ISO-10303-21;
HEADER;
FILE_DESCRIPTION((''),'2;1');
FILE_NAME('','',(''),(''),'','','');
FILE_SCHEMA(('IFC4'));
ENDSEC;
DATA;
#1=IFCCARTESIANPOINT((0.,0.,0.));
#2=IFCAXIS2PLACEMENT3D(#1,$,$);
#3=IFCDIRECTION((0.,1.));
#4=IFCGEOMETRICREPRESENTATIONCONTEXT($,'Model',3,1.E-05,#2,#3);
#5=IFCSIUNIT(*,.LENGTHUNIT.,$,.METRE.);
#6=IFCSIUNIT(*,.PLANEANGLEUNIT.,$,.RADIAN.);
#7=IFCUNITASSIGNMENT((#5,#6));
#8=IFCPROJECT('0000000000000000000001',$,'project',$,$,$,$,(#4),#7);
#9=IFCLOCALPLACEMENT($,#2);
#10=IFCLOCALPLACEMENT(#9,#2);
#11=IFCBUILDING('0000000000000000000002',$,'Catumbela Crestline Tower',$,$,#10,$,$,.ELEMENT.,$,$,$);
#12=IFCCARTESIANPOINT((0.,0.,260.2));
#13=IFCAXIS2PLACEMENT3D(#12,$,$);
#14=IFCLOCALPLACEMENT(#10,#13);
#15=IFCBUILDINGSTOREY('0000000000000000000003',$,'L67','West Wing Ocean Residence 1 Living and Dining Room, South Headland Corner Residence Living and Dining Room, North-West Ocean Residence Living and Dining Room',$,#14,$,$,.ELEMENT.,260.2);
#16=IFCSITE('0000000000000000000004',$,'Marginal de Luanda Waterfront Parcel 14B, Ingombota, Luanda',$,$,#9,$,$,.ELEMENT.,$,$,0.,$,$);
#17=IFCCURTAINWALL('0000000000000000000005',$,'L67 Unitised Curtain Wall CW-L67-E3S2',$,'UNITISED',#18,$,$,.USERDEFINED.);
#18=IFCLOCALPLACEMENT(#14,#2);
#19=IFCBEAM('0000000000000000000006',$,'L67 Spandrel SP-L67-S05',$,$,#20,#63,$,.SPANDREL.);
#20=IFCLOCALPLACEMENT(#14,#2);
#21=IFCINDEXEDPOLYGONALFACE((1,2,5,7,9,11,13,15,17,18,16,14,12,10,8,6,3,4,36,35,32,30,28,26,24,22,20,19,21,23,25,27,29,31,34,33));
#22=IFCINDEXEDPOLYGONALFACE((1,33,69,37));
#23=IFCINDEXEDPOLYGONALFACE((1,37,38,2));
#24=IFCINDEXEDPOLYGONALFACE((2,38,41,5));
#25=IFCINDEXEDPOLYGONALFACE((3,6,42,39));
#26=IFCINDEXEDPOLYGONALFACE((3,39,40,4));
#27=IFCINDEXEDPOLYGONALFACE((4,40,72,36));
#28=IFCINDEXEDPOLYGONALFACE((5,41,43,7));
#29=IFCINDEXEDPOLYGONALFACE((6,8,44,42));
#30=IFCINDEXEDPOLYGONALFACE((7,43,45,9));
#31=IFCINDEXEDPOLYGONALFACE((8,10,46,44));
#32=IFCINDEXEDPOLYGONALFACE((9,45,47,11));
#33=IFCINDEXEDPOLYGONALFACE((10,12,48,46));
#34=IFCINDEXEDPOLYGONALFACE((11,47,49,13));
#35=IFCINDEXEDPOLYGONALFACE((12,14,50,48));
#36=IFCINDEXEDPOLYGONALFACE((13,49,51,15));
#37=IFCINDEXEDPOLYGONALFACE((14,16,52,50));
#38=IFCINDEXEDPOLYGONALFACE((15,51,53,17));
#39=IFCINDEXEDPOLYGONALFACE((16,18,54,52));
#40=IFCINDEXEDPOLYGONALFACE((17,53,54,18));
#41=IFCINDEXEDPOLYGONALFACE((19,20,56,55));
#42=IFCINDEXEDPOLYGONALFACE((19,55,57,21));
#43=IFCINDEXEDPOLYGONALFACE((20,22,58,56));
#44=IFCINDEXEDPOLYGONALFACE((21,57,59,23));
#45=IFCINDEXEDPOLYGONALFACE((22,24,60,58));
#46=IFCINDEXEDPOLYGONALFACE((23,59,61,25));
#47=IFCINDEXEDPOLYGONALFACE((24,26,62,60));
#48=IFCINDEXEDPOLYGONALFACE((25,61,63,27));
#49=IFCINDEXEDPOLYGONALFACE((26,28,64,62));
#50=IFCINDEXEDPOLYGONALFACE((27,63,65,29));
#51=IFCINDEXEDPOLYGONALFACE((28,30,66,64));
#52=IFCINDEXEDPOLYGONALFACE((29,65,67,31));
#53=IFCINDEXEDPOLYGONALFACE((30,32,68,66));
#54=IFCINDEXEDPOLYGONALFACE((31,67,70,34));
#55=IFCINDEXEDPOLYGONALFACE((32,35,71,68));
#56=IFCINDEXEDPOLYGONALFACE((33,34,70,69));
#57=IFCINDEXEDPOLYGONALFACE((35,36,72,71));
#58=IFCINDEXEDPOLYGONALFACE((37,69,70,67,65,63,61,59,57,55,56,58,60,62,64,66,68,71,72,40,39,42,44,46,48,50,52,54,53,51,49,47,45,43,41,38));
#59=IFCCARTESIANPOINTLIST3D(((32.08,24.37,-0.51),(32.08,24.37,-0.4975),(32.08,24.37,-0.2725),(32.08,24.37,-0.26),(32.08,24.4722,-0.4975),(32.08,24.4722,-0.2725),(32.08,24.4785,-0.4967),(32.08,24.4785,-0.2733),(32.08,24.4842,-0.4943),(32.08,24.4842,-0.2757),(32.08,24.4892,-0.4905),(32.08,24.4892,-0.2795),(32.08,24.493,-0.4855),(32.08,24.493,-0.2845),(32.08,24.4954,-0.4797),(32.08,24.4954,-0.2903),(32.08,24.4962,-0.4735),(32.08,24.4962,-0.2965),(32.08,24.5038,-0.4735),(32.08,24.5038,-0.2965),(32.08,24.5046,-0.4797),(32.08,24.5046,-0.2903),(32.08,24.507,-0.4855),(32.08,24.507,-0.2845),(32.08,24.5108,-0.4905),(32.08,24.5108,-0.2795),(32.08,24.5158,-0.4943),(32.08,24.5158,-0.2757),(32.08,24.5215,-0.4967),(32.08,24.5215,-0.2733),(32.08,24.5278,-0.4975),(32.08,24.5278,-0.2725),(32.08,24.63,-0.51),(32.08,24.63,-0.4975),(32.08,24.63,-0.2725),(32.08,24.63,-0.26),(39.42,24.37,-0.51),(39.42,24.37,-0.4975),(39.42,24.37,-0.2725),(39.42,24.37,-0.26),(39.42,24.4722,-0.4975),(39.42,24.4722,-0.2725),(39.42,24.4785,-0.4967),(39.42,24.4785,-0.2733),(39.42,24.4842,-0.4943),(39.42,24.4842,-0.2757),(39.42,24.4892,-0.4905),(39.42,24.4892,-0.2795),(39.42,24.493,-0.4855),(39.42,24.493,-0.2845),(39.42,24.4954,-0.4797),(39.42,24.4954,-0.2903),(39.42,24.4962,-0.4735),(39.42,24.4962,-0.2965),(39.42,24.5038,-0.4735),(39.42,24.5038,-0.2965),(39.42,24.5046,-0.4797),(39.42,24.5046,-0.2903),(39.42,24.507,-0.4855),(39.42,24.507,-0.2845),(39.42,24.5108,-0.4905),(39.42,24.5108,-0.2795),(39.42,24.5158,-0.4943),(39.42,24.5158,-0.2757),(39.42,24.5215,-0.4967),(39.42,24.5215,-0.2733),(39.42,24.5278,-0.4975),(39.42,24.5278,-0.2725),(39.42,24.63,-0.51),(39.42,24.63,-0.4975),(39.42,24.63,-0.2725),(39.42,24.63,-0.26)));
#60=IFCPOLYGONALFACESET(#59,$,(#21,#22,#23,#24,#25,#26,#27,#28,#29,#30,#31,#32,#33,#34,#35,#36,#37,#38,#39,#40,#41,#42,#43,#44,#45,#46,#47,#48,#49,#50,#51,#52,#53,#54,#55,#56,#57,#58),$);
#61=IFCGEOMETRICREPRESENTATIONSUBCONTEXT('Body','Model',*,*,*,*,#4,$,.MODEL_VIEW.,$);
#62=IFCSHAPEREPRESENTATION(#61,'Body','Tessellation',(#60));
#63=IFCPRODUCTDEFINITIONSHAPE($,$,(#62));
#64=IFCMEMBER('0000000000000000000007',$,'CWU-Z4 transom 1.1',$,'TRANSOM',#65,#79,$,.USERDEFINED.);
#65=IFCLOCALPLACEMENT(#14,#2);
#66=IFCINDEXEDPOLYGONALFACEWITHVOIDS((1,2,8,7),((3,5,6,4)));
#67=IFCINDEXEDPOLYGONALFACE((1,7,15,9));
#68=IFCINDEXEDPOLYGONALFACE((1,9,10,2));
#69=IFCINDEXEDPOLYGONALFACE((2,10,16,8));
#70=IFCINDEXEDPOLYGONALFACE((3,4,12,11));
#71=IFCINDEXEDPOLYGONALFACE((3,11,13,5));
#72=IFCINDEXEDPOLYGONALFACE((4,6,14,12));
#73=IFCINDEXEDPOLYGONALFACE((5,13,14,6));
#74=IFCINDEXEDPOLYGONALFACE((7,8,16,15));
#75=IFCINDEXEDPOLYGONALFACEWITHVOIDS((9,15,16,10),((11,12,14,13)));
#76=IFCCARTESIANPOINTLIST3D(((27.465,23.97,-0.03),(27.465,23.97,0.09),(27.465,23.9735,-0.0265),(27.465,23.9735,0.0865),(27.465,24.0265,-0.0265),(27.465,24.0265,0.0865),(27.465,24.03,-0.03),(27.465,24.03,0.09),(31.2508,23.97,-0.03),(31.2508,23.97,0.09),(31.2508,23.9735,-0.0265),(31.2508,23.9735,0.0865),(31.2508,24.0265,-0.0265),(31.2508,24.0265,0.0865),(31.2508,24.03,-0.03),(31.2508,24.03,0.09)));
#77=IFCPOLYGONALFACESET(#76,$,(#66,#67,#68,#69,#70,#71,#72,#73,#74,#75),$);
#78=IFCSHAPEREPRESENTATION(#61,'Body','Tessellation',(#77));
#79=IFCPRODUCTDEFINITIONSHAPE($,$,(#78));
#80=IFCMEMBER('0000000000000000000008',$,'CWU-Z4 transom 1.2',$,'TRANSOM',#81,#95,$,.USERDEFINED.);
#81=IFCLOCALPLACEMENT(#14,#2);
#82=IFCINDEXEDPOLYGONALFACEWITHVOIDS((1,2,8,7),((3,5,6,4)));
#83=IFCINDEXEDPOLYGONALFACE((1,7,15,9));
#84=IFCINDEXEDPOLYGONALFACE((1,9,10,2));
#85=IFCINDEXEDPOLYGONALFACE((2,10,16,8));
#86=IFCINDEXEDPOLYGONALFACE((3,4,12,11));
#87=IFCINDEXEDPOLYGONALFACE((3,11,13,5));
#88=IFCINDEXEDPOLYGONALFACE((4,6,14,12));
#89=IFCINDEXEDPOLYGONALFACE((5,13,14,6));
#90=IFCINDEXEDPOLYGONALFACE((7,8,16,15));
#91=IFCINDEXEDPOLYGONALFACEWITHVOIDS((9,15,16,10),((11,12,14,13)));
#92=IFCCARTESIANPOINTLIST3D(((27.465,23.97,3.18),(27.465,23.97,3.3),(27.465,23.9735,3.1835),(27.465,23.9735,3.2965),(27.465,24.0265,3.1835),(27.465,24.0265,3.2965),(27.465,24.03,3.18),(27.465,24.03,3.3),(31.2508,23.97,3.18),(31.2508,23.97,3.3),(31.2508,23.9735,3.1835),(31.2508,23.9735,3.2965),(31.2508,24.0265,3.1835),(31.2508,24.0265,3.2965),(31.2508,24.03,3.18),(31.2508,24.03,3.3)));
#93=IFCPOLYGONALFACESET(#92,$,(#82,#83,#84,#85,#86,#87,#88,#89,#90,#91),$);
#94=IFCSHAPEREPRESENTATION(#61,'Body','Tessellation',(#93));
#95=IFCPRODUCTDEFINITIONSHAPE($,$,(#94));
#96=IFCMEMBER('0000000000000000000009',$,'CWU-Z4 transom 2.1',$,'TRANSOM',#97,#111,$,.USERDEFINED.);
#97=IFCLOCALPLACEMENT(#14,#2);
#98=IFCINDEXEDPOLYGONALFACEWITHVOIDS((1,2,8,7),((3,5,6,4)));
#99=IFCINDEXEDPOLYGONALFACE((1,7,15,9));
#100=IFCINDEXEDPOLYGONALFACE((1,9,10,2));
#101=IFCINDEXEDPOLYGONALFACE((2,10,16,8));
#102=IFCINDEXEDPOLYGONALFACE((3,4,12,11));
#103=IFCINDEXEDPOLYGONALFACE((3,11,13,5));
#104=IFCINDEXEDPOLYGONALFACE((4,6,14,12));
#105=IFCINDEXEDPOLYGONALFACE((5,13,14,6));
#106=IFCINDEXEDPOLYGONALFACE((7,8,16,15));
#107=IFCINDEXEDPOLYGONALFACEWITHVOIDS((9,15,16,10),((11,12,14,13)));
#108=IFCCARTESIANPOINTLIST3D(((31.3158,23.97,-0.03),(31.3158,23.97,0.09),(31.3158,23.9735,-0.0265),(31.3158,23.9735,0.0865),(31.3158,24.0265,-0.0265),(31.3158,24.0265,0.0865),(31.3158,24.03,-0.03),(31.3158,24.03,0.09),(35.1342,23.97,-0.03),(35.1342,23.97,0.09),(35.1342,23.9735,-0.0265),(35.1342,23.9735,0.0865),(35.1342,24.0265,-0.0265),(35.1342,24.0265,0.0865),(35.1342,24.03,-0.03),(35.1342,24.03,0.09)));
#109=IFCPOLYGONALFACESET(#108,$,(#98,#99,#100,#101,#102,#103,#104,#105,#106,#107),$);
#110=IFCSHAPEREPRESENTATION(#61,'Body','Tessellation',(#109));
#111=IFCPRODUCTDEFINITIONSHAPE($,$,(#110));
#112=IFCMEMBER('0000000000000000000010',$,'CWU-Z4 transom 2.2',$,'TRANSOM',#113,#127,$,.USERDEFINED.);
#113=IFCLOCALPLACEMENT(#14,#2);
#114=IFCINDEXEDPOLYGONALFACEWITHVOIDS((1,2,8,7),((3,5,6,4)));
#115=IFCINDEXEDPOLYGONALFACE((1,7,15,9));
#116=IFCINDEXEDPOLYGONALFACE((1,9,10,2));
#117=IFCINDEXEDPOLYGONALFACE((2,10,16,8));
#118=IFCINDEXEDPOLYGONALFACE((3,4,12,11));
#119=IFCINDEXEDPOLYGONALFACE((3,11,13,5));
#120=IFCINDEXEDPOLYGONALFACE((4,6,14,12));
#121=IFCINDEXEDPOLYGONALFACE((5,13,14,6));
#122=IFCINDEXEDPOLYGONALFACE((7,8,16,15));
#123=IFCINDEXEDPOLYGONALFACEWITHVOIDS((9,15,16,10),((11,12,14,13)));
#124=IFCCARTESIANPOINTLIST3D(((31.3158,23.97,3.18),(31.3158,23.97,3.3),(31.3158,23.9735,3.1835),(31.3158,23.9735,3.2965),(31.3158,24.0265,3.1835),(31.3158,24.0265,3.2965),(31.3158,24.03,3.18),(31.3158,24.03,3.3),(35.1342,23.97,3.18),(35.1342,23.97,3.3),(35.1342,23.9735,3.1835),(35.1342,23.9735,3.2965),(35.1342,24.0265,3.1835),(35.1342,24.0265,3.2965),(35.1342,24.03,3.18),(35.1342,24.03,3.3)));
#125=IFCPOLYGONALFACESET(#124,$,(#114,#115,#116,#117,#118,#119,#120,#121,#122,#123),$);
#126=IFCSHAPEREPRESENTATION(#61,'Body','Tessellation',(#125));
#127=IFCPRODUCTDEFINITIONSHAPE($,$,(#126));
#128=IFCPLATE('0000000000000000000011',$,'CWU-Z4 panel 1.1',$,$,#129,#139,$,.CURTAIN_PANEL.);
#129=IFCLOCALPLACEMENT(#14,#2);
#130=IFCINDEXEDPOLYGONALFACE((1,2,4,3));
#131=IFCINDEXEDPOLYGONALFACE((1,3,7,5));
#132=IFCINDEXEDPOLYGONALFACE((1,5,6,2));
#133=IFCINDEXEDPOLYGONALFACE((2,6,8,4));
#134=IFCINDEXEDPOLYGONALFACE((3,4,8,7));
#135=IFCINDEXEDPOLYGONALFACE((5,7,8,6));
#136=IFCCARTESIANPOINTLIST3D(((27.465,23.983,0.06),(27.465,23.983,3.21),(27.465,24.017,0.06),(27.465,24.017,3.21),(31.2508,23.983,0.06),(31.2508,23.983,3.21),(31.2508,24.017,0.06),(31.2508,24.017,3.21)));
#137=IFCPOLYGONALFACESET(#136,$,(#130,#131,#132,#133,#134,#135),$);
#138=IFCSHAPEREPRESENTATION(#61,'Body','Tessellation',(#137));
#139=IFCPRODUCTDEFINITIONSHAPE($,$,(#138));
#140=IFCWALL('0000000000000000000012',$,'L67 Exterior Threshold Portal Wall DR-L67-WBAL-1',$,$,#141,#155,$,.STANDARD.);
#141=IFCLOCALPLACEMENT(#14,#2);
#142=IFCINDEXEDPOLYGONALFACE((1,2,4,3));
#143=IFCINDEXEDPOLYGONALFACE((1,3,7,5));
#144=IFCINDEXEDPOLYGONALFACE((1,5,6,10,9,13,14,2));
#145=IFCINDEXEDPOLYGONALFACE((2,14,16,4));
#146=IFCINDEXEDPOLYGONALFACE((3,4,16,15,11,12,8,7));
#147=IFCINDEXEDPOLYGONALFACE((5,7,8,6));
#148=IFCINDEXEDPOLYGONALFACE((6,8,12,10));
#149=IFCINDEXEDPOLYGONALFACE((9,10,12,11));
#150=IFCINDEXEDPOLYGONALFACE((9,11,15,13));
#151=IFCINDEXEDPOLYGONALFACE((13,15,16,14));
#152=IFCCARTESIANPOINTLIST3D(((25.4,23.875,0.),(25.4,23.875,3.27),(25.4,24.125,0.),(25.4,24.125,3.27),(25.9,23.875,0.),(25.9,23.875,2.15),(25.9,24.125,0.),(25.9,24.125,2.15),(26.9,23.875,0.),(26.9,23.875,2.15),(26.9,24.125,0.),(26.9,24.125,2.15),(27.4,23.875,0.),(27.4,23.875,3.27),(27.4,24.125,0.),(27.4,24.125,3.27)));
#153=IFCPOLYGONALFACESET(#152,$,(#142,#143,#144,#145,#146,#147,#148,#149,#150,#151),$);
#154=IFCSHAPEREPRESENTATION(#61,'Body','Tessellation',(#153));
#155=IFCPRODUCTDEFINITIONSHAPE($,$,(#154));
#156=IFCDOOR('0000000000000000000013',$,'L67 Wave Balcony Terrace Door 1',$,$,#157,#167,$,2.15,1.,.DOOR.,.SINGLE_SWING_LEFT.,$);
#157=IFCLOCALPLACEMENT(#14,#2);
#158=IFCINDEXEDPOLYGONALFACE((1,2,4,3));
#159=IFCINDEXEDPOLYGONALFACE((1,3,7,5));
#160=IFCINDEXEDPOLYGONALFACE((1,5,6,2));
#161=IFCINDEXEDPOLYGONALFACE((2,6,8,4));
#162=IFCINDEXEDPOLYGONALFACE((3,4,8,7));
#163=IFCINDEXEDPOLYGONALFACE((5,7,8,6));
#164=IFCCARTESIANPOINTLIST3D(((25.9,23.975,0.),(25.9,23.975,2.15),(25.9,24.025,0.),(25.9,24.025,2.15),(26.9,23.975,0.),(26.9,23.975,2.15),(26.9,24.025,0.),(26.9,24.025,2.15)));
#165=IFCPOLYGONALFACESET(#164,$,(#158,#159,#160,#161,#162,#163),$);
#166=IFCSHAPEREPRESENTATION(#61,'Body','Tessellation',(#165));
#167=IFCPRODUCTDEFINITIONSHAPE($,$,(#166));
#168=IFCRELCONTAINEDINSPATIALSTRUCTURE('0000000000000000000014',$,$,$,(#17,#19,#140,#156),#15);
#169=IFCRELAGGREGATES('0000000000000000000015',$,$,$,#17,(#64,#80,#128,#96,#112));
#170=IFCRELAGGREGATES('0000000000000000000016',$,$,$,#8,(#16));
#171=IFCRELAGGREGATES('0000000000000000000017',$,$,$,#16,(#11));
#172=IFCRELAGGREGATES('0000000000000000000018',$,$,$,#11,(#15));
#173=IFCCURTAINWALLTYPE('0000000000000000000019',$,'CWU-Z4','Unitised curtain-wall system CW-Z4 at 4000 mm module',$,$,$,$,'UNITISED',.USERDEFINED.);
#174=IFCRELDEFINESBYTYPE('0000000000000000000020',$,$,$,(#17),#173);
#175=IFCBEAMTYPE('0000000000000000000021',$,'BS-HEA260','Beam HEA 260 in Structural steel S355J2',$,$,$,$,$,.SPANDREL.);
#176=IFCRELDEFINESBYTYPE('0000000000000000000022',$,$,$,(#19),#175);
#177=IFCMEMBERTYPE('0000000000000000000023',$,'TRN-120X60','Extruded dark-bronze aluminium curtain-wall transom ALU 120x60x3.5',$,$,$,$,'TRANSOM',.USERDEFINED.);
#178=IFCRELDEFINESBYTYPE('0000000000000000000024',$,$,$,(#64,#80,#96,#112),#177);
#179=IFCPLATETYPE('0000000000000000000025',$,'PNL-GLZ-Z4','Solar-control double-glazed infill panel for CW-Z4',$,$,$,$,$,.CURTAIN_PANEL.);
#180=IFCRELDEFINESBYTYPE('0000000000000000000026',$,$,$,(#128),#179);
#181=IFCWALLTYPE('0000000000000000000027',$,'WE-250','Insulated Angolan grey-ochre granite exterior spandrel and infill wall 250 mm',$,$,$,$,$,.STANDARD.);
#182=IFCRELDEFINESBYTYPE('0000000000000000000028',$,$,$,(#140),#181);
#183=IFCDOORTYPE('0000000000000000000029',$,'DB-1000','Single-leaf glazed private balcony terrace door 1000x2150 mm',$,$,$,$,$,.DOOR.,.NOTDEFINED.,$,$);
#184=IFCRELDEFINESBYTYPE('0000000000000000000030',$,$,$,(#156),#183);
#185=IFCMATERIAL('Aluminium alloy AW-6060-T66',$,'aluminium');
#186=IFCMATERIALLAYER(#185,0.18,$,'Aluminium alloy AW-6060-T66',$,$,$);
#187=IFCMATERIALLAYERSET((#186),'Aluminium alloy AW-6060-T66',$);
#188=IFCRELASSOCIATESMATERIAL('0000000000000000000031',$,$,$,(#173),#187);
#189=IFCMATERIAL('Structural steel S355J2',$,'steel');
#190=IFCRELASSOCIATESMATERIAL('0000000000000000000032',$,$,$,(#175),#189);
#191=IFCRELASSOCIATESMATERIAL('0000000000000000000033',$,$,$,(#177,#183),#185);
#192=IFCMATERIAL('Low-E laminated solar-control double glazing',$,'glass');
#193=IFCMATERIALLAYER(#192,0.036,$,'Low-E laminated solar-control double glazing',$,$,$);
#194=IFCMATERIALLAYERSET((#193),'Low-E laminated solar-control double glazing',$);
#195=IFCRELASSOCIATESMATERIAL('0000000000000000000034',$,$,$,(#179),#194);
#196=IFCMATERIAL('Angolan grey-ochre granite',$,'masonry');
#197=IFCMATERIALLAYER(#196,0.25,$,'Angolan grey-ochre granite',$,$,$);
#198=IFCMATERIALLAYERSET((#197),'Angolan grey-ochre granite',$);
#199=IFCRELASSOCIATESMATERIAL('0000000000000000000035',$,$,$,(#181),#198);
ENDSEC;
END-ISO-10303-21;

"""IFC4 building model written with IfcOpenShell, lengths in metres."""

from ifc_helpers import new_model, si_unit, direction, frame, frame_2d, origin, origin_2d, place, context, subcontext, project, spatial, rectangle, hollow_rectangle, i_section, extrude, material, layer, layer_set, material_profile, profile_set, type_object, element, fill, aggregate, save


model = new_model("IFC4")

# Units and contexts
model_context = context("Model", 3, precision=1e-05, world=origin(), true_north=direction((0.0, 1.0)))
body_context = subcontext(model_context, "Body", "Model", "MODEL_VIEW")
ifc_project = project(units=[si_unit("LENGTHUNIT", "METRE"), si_unit("PLANEANGLEUNIT", "RADIAN")], contexts=[model_context])

# Site, building, storey
site_placement = place(None, origin())
site = spatial("IfcSite", under=ifc_project, at=site_placement, Name="Marginal de Luanda Waterfront Parcel 14B, Ingombota, Luanda", CompositionType="ELEMENT", RefElevation=0.0)
building_placement = place(site_placement, origin())
building = spatial("IfcBuilding", under=site, at=building_placement, Name="Catumbela Crestline Tower", CompositionType="ELEMENT")
storey_placement = place(building_placement, frame((0.0, 0.0, 260.2)))
storey = spatial("IfcBuildingStorey", under=building, at=storey_placement, Name="L67", Description="West Wing Ocean Residence 1 Living and Dining Room, South Headland Corner Residence Living and Dining Room, North-West Ocean Residence Living and Dining Room", CompositionType="ELEMENT", Elevation=260.2)

# Shared definitions
ifc_material_1 = material(Name="Structural steel S355J2", Category="steel")

# Curtain wall
ifc_material_2 = material(Name="Aluminium alloy AW-6060-T66", Category="aluminium")
ifc_layer_1 = layer(ifc_material_2, 0.18, Name="Aluminium alloy AW-6060-T66")
ifc_layer_set_1 = layer_set([ifc_layer_1], Name="Aluminium alloy AW-6060-T66")
curtain_wall_type = type_object("IfcCurtainWallType", Name="CWU-Z4", Description="Unitised curtain-wall system CW-Z4 at 4000 mm module", ElementType="UNITISED", PredefinedType="USERDEFINED", material=ifc_layer_set_1)
curtain_wall_placement = place(storey_placement, origin())
curtain_wall = element("IfcCurtainWall", 1, at=curtain_wall_placement, inside=storey, type_object=curtain_wall_type, Name="L67 Unitised Curtain Wall CW-L67-E3S2", ObjectType="UNITISED", PredefinedType="USERDEFINED")

# Beam
ifc_material_profile_1 = material_profile(ifc_material_1, i_section(OverallWidth=0.26, OverallDepth=0.25, WebThickness=0.0075, FlangeThickness=0.0125, FilletRadius=0.024, at=origin_2d()), Name="HEA 260")
ifc_profile_set_1 = profile_set([ifc_material_profile_1], Name="Structural steel S355J2")
beam_type_1 = type_object("IfcBeamType", Name="BS-HEA260", Description="Beam HEA 260 in Structural steel S355J2", PredefinedType="SPANDREL", material=ifc_profile_set_1)
beam_1_placement = place(storey_placement, frame((32.08, 24.5, -0.385), z_axis=(1.0, 0.0, 0.0), x_axis=(0.0, 1.0, 0.0)))
element("IfcBeam", 2, at=beam_1_placement, inside=storey, type_object=beam_type_1, Name="L67 Spandrel SP-L67-S05", PredefinedType="SPANDREL", context=body_context, shape_type="SweptSolid", body=[
    extrude(i_section(OverallWidth=0.26, OverallDepth=0.25, WebThickness=0.0075, FlangeThickness=0.0125, FilletRadius=0.024, at=origin_2d()), origin(), (0.0, 0.0, 1.0), 7.34),
])

# Members
ifc_material_profile_2 = material_profile(ifc_material_2, hollow_rectangle(XDim=0.06, YDim=0.12, WallThickness=0.0035, at=origin_2d()), Name="ALU 120x60x3.5")
ifc_profile_set_2 = profile_set([ifc_material_profile_2], Name="Aluminium alloy AW-6060-T66")
member_type_1 = type_object("IfcMemberType", Name="TRN-120X60", Description="Extruded dark-bronze aluminium curtain-wall transom ALU 120x60x3.5", ElementType="TRANSOM", PredefinedType="USERDEFINED", material=ifc_profile_set_2)
member_1_placement = place(storey_placement, frame((27.465, 24.0, 0.03), z_axis=(1.0, 0.0, 0.0), x_axis=(0.0, 1.0, 0.0)))
member_1 = element("IfcMember", 3, at=member_1_placement, type_object=member_type_1, Name="CWU-Z4 transom 1.1", ObjectType="TRANSOM", PredefinedType="USERDEFINED", context=body_context, shape_type="SweptSolid", body=[
    extrude(hollow_rectangle(XDim=0.06, YDim=0.12, WallThickness=0.0035, at=origin_2d()), origin(), (0.0, 0.0, 1.0), 3.7858),
])
member_2_placement = place(storey_placement, frame((27.465, 24.0, 3.24), z_axis=(1.0, 0.0, 0.0), x_axis=(0.0, 1.0, 0.0)))
member_2 = element("IfcMember", 4, at=member_2_placement, type_object=member_type_1, Name="CWU-Z4 transom 1.2", ObjectType="TRANSOM", PredefinedType="USERDEFINED", context=body_context, shape_type="SweptSolid", body=[
    extrude(hollow_rectangle(XDim=0.06, YDim=0.12, WallThickness=0.0035, at=origin_2d()), origin(), (0.0, 0.0, 1.0), 3.7858),
])
member_3_placement = place(storey_placement, frame((31.3158, 24.0, 0.03), z_axis=(1.0, 0.0, 0.0), x_axis=(0.0, 1.0, 0.0)))
member_3 = element("IfcMember", 5, at=member_3_placement, type_object=member_type_1, Name="CWU-Z4 transom 2.1", ObjectType="TRANSOM", PredefinedType="USERDEFINED", context=body_context, shape_type="SweptSolid", body=[
    extrude(hollow_rectangle(XDim=0.06, YDim=0.12, WallThickness=0.0035, at=origin_2d()), origin(), (0.0, 0.0, 1.0), 3.8184),
])
member_4_placement = place(storey_placement, frame((31.3158, 24.0, 3.24), z_axis=(1.0, 0.0, 0.0), x_axis=(0.0, 1.0, 0.0)))
member_4 = element("IfcMember", 6, at=member_4_placement, type_object=member_type_1, Name="CWU-Z4 transom 2.2", ObjectType="TRANSOM", PredefinedType="USERDEFINED", context=body_context, shape_type="SweptSolid", body=[
    extrude(hollow_rectangle(XDim=0.06, YDim=0.12, WallThickness=0.0035, at=origin_2d()), origin(), (0.0, 0.0, 1.0), 3.8184),
])

# Plate
ifc_material_3 = material(Name="Low-E laminated solar-control double glazing", Category="glass")
ifc_layer_2 = layer(ifc_material_3, 0.036, Name="Low-E laminated solar-control double glazing")
ifc_layer_set_2 = layer_set([ifc_layer_2], Name="Low-E laminated solar-control double glazing")
plate_type = type_object("IfcPlateType", Name="PNL-GLZ-Z4", Description="Solar-control double-glazed infill panel for CW-Z4", PredefinedType="CURTAIN_PANEL", material=ifc_layer_set_2)
plate_placement = place(storey_placement, frame((29.3579, 24.0, 0.06), z_axis=(0.0, 0.0, 1.0), x_axis=(1.0, 0.0, 0.0)))
plate = element("IfcPlate", 7, at=plate_placement, type_object=plate_type, Name="CWU-Z4 panel 1.1", PredefinedType="CURTAIN_PANEL", context=body_context, shape_type="SweptSolid", body=[
    extrude(rectangle(XDim=3.7858, YDim=0.034, at=origin_2d()), origin(), (0.0, 0.0, 1.0), 3.15),
])
aggregate(curtain_wall, [member_1, member_2, plate, member_3, member_4])

# Wall, opening, door
ifc_material_4 = material(Name="Angolan grey-ochre granite", Category="masonry")
ifc_layer_3 = layer(ifc_material_4, 0.25, Name="Angolan grey-ochre granite")
ifc_layer_set_3 = layer_set([ifc_layer_3], Name="Angolan grey-ochre granite")
wall_type_1 = type_object("IfcWallType", Name="WE-250", Description="Insulated Angolan grey-ochre granite exterior spandrel and infill wall 250 mm", PredefinedType="STANDARD", material=ifc_layer_set_3)
wall_1_placement = place(storey_placement, frame((25.4, 24.0, 0.0), z_axis=(0.0, 0.0, 1.0), x_axis=(1.0, 0.0, 0.0)))
wall_1 = element("IfcWall", 8, at=wall_1_placement, inside=storey, type_object=wall_type_1, Name="L67 Exterior Threshold Portal Wall DR-L67-WBAL-1", PredefinedType="STANDARD", context=body_context, shape_type="SweptSolid", body=[
    extrude(rectangle(XDim=2.0, YDim=0.25, at=frame_2d((1.0, 0.0))), origin(), (0.0, 0.0, 1.0), 3.27),
])
opening_1_placement = place(wall_1_placement, frame((0.5, 0.0, 0.0)))
opening_1 = element("IfcOpeningElement", 9, at=opening_1_placement, cuts=wall_1, PredefinedType="OPENING", context=body_context, shape_type="SweptSolid", body=[
    extrude(rectangle(XDim=1.0, YDim=2.15, at=frame_2d((0.5, 1.075))), frame((0.0, 0.135, 0.0), z_axis=(0.0, -1.0, 0.0), x_axis=(1.0, 0.0, 0.0)), (0.0, 0.0, 1.0), 0.27),
])
door_type_1 = type_object("IfcDoorType", Name="DB-1000", Description="Single-leaf glazed private balcony terrace door 1000x2150 mm", OperationType="NOTDEFINED", PredefinedType="DOOR", material=ifc_material_2)
door_1_placement = place(opening_1_placement, origin())
door_1 = element("IfcDoor", 10, at=door_1_placement, inside=storey, type_object=door_type_1, Name="L67 Wave Balcony Terrace Door 1", OperationType="SINGLE_SWING_LEFT", OverallHeight=2.15, OverallWidth=1.0, PredefinedType="DOOR", context=body_context, shape_type="SweptSolid", body=[
    extrude(rectangle(XDim=1.0, YDim=2.15, at=frame_2d((0.5, 1.075))), frame((0.0, 0.025, 0.0), z_axis=(0.0, -1.0, 0.0), x_axis=(1.0, 0.0, 0.0)), (0.0, 0.0, 1.0), 0.05),
])
fill(opening_1, door_1)

save(model, "model.ifc")
